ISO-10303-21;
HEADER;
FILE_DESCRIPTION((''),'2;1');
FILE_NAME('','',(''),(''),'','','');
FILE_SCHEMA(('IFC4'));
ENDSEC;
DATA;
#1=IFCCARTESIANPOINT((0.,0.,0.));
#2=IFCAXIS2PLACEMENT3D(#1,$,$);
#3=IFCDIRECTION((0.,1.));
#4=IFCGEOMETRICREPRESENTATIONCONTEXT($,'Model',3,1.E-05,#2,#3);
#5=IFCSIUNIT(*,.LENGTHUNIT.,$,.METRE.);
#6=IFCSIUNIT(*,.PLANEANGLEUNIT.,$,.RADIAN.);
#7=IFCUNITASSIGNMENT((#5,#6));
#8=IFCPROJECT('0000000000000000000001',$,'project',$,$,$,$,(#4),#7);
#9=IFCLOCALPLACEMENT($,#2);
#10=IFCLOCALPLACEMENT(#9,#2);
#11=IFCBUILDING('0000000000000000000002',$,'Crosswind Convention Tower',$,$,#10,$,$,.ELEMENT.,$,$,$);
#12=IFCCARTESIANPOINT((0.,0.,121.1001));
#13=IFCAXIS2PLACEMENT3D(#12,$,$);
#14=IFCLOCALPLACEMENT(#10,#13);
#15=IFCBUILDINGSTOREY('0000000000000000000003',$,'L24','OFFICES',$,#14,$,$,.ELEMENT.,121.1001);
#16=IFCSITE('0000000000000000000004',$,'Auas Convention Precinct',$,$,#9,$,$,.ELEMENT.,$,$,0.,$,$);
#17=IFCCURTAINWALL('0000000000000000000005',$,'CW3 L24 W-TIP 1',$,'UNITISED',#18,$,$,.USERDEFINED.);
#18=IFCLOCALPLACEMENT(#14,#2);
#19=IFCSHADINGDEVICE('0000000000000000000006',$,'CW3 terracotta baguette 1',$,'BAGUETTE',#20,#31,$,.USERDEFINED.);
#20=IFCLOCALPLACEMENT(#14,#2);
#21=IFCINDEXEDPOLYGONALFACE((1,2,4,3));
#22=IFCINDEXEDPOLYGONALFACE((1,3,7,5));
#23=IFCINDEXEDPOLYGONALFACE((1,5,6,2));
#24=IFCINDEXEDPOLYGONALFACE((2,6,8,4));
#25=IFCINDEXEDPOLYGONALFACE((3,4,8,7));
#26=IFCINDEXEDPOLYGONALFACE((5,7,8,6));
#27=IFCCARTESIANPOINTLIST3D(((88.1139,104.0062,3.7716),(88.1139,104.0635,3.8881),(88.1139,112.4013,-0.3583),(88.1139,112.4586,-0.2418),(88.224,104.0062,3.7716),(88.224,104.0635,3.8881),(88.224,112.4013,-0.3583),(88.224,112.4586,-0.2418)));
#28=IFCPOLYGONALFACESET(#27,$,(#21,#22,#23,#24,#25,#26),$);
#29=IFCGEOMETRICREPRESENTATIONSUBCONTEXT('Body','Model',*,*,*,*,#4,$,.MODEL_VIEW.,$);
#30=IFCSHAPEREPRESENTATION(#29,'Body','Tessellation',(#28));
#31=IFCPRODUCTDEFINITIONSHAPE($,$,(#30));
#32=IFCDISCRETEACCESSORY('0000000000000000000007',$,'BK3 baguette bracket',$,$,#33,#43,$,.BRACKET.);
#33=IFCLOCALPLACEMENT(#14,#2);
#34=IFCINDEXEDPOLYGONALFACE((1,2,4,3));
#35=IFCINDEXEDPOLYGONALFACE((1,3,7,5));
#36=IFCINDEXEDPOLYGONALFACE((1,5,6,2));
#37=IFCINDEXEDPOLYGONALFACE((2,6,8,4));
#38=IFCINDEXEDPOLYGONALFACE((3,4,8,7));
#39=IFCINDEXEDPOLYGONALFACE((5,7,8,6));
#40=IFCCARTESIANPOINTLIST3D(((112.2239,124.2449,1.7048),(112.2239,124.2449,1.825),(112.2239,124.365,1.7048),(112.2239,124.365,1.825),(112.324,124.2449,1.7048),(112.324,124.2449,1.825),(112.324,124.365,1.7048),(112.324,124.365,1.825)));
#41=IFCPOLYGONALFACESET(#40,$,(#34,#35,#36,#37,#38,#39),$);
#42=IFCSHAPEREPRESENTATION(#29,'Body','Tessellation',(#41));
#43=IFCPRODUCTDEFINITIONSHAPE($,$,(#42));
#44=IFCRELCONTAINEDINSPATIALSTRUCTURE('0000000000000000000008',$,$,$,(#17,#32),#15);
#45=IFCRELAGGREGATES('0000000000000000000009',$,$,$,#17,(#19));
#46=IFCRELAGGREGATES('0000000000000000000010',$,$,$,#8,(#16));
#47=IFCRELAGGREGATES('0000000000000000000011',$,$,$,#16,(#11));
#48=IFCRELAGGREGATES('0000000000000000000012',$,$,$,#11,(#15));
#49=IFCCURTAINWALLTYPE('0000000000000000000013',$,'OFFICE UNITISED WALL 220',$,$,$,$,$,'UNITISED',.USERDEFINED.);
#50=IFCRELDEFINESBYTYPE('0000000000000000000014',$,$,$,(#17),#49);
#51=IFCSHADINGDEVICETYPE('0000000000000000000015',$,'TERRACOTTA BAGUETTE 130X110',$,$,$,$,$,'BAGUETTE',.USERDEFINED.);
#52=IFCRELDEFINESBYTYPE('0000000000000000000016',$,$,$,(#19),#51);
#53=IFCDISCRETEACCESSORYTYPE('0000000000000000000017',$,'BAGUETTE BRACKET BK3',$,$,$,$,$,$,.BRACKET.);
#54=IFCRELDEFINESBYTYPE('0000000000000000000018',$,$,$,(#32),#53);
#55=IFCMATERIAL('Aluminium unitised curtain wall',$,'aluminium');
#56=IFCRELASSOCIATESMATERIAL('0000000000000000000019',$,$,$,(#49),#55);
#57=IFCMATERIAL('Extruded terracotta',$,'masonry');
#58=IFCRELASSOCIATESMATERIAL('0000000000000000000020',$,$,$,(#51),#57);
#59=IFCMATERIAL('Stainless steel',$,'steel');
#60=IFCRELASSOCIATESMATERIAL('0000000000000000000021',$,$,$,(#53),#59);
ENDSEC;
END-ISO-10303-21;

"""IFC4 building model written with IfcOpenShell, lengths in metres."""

from ifc_helpers import new_model, si_unit, direction, frame, origin, origin_2d, place, context, subcontext, project, spatial, rectangle, extrude, material, material_profile, profile_set, type_object, element, aggregate, save


model = new_model("IFC4")

# Units and contexts
model_context = context("Model", 3, precision=1e-05, world=origin(), true_north=direction((0.0, 1.0)))
body_context = subcontext(model_context, "Body", "Model", "MODEL_VIEW")
ifc_project = project(units=[si_unit("LENGTHUNIT", "METRE"), si_unit("PLANEANGLEUNIT", "RADIAN")], contexts=[model_context])

# Site, building, storey
site_placement = place(None, origin())
site = spatial("IfcSite", under=ifc_project, at=site_placement, Name="Auas Convention Precinct", CompositionType="ELEMENT", RefElevation=0.0)
building_placement = place(site_placement, origin())
building = spatial("IfcBuilding", under=site, at=building_placement, Name="Crosswind Convention Tower", CompositionType="ELEMENT")
storey_placement = place(building_placement, frame((0.0, 0.0, 121.1001)))
storey = spatial("IfcBuildingStorey", under=building, at=storey_placement, Name="L24", Description="OFFICES", CompositionType="ELEMENT", Elevation=121.1001)

# Shared definitions
ifc_material_1 = material(Name="Aluminium unitised curtain wall", Category="aluminium")

# Curtain wall
curtain_wall_type_1 = type_object("IfcCurtainWallType", Name="OFFICE UNITISED WALL 220", ElementType="UNITISED", PredefinedType="USERDEFINED", material=ifc_material_1)
curtain_wall_1_placement = place(storey_placement, origin())
curtain_wall_1 = element("IfcCurtainWall", 1, at=curtain_wall_1_placement, inside=storey, type_object=curtain_wall_type_1, Name="CW3 L24 W-TIP 1", ObjectType="UNITISED", PredefinedType="USERDEFINED")

# Shading device
ifc_material_2 = material(Name="Extruded terracotta", Category="masonry")
ifc_material_profile_1 = material_profile(ifc_material_2, rectangle(XDim=0.1101, YDim=0.1299, at=origin_2d()), Name="TC 110X130")
ifc_profile_set_1 = profile_set([ifc_material_profile_1], Name="Extruded terracotta")
shading_device_type = type_object("IfcShadingDeviceType", Name="TERRACOTTA BAGUETTE 130X110", ElementType="BAGUETTE", PredefinedType="USERDEFINED", material=ifc_profile_set_1)
shading_device_1_placement = place(storey_placement, frame((88.1689, 112.4299, -0.3), z_axis=(0.0, -0.8973, 0.441422), x_axis=(1.0, 0.0, 0.0)))
shading_device_1 = element("IfcShadingDevice", 2, at=shading_device_1_placement, type_object=shading_device_type, Name="CW3 terracotta baguette 1", ObjectType="BAGUETTE", PredefinedType="USERDEFINED", context=body_context, shape_type="SweptSolid", body=[
    extrude(rectangle(XDim=0.1101, YDim=0.1299, at=origin_2d()), origin(), (0.0, 0.0, 1.0), 9.356),
])
aggregate(curtain_wall_1, [shading_device_1])

# Discrete accessory
ifc_material_3 = material(Name="Stainless steel", Category="steel")
discrete_accessory_type = type_object("IfcDiscreteAccessoryType", Name="BAGUETTE BRACKET BK3", PredefinedType="BRACKET", material=ifc_material_3)
discrete_accessory_placement = place(storey_placement, frame((112.2739, 124.3049, 1.7048), z_axis=(0.0, 0.0, 1.0), x_axis=(0.0, -1.0, 0.0)))
element("IfcDiscreteAccessory", 3, at=discrete_accessory_placement, inside=storey, type_object=discrete_accessory_type, Name="BK3 baguette bracket", PredefinedType="BRACKET", context=body_context, shape_type="SweptSolid", body=[
    extrude(rectangle(XDim=0.1201, YDim=0.1001, at=origin_2d()), origin(), (0.0, 0.0, 1.0), 0.1201),
])

save(model, "model.ifc")
